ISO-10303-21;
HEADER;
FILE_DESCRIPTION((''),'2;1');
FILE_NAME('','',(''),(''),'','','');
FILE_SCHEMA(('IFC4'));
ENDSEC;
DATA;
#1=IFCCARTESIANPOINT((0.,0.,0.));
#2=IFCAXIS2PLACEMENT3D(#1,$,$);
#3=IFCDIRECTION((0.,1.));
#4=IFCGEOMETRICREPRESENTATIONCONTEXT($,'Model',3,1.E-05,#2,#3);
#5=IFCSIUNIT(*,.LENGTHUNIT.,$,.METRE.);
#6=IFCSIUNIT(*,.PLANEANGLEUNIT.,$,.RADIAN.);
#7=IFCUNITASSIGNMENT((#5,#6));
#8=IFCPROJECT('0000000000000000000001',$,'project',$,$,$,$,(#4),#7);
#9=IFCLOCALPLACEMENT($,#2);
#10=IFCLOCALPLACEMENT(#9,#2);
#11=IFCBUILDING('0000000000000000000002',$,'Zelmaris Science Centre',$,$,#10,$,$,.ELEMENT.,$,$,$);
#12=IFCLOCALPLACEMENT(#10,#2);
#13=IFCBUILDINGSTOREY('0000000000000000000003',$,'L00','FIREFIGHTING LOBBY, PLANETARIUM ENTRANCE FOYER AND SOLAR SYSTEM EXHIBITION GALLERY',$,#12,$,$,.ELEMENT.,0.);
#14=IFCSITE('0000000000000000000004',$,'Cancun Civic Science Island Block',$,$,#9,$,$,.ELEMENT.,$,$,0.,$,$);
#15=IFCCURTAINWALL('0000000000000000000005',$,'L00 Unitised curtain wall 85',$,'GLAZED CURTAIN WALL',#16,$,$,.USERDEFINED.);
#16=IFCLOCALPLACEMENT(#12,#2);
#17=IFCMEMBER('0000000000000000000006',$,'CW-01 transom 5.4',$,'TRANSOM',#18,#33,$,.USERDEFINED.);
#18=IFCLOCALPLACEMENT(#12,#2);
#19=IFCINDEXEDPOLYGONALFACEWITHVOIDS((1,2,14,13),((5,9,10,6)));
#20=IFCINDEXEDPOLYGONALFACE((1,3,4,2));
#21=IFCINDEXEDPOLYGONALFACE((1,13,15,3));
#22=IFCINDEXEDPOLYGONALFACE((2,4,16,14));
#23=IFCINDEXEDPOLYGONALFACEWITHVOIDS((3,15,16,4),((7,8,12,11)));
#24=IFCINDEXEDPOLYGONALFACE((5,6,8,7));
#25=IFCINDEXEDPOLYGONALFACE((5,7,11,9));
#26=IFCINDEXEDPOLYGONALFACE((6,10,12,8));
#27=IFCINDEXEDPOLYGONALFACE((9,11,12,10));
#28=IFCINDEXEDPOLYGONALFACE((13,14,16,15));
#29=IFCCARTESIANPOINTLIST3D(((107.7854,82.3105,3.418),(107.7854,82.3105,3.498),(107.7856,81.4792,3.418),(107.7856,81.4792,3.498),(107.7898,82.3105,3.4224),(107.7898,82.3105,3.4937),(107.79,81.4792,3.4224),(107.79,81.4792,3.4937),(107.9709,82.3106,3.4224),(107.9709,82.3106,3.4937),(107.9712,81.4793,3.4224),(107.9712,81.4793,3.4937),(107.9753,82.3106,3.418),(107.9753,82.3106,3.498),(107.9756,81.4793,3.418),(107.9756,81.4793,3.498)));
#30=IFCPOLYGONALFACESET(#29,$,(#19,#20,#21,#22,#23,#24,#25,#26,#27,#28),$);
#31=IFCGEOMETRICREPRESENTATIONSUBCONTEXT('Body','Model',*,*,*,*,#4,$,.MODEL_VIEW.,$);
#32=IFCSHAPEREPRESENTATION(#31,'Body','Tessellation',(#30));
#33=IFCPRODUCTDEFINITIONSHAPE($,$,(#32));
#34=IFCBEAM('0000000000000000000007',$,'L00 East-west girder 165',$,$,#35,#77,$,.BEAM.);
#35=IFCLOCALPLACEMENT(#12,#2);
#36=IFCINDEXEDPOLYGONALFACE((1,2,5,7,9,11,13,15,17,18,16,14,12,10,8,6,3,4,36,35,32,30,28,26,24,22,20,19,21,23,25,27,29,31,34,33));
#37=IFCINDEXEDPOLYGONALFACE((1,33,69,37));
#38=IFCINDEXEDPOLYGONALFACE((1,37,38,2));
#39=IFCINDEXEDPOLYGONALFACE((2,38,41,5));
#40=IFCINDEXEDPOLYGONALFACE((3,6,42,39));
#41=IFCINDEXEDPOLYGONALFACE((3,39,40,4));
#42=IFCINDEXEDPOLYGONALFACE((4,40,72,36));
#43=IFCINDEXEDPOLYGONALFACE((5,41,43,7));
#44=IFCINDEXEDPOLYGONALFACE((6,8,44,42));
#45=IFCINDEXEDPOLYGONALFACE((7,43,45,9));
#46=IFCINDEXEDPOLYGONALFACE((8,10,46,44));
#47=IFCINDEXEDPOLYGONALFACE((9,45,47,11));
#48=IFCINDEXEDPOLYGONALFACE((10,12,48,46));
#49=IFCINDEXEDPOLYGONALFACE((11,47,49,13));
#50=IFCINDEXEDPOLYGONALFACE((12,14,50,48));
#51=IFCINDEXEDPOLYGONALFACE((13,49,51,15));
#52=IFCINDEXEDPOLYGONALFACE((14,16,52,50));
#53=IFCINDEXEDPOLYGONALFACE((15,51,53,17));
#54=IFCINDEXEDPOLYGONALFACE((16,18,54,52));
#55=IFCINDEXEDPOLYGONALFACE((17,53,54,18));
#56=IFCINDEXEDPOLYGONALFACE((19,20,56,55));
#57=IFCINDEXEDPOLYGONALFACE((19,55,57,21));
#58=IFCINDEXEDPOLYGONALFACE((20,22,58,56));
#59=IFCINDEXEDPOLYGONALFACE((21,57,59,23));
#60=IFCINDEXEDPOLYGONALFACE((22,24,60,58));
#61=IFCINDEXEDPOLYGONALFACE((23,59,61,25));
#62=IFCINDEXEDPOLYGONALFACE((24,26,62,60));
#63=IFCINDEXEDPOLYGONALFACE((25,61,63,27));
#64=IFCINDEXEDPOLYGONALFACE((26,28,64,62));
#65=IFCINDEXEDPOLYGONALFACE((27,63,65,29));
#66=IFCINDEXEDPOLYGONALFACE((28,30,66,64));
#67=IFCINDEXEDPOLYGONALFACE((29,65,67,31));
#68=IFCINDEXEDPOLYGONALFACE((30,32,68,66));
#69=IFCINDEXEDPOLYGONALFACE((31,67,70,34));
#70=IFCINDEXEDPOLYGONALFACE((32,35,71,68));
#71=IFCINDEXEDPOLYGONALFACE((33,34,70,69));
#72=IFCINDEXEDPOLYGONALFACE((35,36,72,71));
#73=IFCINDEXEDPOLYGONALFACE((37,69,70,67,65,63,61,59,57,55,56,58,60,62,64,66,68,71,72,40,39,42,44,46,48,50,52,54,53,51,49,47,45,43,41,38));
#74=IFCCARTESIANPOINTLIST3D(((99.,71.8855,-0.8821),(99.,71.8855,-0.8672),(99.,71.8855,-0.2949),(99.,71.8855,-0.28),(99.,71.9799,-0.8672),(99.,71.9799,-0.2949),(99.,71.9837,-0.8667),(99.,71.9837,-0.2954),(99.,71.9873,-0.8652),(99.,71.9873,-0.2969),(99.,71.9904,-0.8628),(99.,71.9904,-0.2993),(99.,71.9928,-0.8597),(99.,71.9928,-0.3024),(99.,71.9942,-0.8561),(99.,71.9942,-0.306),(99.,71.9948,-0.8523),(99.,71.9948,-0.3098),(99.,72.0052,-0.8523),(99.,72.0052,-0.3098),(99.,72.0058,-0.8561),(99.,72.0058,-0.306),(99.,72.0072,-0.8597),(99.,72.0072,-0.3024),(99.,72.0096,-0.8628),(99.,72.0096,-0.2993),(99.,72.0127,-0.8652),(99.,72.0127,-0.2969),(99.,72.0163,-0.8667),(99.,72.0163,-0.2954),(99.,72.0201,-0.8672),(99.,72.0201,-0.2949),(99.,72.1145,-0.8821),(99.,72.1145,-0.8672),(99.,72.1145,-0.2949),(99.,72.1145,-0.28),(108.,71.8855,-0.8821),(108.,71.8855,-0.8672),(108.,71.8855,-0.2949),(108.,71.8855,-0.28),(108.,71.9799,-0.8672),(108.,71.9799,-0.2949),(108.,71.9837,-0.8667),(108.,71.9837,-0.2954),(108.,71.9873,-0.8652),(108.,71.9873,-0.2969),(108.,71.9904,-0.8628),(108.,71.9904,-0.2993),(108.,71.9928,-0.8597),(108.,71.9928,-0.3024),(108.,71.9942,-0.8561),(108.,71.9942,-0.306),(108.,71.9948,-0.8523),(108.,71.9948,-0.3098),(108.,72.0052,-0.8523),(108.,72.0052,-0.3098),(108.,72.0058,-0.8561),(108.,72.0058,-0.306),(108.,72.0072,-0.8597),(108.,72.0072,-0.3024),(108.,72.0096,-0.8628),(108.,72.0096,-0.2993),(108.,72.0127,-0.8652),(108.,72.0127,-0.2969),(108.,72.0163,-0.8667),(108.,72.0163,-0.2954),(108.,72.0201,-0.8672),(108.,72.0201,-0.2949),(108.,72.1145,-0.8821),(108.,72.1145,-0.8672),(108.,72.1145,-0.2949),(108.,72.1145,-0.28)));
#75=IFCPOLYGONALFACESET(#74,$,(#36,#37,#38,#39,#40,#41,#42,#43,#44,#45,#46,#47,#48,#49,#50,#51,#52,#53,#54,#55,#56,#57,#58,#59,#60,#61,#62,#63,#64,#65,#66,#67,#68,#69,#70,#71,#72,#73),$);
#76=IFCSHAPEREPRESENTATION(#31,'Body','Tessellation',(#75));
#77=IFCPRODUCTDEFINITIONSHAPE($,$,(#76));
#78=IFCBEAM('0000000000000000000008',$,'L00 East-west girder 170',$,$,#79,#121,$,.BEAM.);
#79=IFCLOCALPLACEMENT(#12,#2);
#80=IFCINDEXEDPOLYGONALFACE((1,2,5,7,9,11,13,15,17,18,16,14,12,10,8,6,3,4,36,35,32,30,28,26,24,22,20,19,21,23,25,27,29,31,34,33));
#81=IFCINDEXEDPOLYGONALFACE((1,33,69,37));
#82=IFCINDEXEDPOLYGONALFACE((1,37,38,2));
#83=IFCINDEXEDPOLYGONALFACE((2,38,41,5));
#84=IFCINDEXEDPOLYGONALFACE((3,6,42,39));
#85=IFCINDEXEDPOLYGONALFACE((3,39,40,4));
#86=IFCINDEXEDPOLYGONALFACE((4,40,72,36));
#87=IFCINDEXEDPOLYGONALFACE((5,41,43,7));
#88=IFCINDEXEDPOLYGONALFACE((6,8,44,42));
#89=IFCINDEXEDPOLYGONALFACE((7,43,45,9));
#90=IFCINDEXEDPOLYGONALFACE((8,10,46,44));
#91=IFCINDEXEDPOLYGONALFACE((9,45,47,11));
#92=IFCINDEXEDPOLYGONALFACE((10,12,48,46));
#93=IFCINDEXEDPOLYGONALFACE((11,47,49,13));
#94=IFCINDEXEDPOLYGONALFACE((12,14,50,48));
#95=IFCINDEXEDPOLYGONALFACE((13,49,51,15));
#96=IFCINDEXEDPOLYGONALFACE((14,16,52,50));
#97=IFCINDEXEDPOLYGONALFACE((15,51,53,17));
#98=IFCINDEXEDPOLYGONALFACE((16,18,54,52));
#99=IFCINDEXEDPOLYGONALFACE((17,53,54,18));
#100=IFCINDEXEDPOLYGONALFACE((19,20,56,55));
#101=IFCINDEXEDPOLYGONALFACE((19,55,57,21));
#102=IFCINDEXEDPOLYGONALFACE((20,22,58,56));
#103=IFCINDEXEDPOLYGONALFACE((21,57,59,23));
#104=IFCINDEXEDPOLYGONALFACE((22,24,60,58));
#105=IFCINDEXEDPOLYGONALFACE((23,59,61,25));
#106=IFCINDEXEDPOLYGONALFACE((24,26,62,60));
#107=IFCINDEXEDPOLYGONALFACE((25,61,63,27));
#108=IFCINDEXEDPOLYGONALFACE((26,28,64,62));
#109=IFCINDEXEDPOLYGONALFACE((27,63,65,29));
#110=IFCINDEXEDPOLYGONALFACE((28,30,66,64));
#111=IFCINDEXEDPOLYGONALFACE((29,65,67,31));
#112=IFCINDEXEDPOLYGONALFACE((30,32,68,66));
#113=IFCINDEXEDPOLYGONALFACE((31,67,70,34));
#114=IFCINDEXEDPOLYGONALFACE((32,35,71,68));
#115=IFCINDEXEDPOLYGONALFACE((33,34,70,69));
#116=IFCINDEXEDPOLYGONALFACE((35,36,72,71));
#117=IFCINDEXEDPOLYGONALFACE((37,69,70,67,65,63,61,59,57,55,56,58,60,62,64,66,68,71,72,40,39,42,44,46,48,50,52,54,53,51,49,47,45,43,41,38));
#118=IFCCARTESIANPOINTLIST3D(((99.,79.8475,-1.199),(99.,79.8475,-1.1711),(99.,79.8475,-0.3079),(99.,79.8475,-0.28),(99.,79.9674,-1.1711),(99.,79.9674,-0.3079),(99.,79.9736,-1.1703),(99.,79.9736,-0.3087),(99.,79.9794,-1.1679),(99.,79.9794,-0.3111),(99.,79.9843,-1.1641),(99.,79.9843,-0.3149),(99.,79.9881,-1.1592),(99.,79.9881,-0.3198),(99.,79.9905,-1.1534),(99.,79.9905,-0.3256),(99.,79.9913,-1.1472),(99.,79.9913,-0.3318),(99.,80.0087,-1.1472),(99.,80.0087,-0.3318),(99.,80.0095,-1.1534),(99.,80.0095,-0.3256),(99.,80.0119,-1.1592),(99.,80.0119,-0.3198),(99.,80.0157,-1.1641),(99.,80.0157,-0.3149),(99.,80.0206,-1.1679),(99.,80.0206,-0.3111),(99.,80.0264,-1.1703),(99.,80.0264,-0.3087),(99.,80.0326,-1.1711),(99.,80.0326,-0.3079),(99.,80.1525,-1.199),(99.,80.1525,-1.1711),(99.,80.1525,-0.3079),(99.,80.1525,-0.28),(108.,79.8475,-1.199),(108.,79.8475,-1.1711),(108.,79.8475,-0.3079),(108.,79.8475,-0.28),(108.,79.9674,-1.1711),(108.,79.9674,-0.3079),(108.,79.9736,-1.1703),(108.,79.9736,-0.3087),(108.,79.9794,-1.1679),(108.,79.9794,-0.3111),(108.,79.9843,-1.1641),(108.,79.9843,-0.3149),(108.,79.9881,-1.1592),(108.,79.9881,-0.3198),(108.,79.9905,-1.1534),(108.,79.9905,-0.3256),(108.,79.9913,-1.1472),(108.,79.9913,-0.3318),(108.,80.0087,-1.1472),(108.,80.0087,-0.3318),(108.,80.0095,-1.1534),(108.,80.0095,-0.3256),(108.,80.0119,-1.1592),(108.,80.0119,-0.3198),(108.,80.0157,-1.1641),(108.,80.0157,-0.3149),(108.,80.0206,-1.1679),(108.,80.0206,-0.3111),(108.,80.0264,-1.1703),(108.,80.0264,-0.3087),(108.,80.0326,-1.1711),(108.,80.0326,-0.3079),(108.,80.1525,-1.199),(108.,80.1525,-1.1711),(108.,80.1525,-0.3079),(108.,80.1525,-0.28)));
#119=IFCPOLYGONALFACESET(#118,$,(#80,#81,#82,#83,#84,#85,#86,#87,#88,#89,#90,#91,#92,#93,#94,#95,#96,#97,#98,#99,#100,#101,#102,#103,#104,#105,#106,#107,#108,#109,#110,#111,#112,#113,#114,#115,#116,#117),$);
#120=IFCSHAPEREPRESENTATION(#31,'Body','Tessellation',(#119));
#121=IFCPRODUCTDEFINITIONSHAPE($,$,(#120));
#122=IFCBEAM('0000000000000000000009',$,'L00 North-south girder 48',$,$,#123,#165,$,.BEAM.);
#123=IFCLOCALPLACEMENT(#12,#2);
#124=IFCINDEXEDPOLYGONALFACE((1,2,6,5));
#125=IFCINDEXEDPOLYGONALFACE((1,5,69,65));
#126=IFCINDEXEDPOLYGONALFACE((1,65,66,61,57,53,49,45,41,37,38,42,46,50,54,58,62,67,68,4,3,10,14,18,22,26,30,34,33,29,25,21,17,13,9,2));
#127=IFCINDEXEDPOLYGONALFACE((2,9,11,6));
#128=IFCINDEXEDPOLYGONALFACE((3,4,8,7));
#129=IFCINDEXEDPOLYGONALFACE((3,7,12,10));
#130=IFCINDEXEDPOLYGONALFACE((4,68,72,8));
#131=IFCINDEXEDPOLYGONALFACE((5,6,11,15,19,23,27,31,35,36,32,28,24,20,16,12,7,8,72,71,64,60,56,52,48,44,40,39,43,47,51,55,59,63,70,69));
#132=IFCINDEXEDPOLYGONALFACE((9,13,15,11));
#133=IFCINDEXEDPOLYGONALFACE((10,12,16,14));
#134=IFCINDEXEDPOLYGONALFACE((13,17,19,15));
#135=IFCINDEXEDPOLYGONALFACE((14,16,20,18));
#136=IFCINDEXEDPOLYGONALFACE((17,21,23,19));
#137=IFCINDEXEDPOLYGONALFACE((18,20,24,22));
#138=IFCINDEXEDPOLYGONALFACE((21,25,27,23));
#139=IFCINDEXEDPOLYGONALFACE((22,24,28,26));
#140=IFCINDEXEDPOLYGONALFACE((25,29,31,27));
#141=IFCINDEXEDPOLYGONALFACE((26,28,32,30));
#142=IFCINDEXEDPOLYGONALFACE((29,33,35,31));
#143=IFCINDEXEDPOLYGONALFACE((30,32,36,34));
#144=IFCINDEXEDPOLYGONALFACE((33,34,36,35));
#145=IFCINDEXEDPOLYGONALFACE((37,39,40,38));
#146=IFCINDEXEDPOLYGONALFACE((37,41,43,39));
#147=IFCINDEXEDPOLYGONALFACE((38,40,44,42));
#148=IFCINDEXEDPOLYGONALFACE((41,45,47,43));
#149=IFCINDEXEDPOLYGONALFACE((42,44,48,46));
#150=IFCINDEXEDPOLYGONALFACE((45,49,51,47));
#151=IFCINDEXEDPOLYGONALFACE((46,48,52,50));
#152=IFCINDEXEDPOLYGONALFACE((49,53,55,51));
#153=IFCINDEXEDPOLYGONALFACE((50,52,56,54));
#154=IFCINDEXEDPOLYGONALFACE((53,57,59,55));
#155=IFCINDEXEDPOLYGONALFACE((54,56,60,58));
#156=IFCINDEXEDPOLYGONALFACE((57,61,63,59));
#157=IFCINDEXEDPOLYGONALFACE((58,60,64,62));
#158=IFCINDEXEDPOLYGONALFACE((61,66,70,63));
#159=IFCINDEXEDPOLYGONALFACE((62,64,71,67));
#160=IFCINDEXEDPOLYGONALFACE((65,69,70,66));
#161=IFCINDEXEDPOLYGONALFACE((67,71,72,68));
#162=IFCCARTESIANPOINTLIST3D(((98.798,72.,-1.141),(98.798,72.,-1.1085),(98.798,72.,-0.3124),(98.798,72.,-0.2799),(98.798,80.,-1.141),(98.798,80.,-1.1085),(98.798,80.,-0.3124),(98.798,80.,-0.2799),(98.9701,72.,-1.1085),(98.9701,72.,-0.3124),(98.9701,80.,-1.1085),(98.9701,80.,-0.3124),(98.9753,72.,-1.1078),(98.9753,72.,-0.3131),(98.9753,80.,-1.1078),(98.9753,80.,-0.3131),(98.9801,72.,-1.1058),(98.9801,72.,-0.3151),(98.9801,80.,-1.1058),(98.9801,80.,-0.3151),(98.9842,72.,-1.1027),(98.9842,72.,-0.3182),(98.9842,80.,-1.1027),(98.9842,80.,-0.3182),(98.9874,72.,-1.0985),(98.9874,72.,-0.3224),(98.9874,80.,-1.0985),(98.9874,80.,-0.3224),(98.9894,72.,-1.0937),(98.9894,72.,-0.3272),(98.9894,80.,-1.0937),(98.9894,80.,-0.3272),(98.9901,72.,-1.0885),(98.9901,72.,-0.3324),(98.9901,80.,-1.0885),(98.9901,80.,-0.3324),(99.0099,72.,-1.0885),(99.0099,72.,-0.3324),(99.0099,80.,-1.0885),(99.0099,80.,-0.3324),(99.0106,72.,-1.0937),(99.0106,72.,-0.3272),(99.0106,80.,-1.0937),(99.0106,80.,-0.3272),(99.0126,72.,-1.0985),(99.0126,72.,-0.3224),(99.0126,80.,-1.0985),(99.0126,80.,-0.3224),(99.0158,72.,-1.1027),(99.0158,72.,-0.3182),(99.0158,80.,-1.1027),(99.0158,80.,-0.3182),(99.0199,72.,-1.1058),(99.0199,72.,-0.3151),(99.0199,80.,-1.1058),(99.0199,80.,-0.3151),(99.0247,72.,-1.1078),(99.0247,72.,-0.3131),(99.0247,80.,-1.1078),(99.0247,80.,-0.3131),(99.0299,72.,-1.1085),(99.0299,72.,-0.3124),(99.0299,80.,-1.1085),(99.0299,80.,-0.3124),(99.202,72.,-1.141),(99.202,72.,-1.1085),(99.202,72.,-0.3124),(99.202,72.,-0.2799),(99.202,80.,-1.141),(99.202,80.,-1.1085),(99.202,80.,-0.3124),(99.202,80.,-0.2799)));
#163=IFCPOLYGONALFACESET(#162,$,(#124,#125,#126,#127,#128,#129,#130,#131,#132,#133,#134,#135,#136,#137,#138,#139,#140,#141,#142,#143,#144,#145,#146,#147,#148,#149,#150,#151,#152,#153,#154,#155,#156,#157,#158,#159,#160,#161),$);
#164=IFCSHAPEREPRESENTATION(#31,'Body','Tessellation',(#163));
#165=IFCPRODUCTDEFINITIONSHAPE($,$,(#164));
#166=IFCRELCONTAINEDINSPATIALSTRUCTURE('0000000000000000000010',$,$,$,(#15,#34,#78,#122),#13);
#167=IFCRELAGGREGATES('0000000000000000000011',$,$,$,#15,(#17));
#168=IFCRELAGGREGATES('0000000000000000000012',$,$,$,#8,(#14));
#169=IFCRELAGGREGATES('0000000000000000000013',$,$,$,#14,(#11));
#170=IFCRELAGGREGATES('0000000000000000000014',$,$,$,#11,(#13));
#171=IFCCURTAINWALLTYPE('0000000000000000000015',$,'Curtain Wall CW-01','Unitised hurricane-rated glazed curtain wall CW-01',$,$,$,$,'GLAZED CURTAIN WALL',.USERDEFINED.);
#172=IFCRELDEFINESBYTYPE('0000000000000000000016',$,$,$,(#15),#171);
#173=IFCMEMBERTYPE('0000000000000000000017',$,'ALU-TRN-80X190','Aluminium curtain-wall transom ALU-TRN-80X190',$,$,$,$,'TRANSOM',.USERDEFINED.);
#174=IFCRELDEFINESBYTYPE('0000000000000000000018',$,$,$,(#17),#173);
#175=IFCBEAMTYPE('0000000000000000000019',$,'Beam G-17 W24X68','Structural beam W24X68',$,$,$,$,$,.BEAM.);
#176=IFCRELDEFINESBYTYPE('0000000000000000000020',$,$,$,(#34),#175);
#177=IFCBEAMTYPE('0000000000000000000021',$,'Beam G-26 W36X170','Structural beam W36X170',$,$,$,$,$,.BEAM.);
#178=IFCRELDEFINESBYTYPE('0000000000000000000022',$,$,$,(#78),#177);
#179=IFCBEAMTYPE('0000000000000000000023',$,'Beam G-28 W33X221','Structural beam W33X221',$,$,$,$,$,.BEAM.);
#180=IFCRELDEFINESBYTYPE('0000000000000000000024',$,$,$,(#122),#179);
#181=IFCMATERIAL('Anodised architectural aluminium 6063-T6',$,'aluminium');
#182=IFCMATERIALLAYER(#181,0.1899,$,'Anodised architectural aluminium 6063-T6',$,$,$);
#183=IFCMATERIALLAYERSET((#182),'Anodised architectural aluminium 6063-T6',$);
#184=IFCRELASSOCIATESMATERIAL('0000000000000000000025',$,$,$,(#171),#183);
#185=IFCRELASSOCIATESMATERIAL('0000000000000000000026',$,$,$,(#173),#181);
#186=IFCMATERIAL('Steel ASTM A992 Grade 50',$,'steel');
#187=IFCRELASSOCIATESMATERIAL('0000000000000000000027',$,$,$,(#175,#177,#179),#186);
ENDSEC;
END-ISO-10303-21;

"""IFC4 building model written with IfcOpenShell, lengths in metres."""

from ifc_helpers import new_model, si_unit, direction, frame, origin, origin_2d, place, context, subcontext, project, spatial, hollow_rectangle, i_section, extrude, material, layer, layer_set, material_profile, profile_set, type_object, element, aggregate, save


model = new_model("IFC4")

# Units and contexts
model_context = context("Model", 3, precision=1e-05, world=origin(), true_north=direction((0.0, 1.0)))
body_context = subcontext(model_context, "Body", "Model", "MODEL_VIEW")
ifc_project = project(units=[si_unit("LENGTHUNIT", "METRE"), si_unit("PLANEANGLEUNIT", "RADIAN")], contexts=[model_context])

# Site, building, storey
site_placement = place(None, origin())
site = spatial("IfcSite", under=ifc_project, at=site_placement, Name="Cancun Civic Science Island Block", CompositionType="ELEMENT", RefElevation=0.0)
building_placement = place(site_placement, origin())
building = spatial("IfcBuilding", under=site, at=building_placement, Name="Zelmaris Science Centre", CompositionType="ELEMENT")
storey_placement = place(building_placement, origin())
storey = spatial("IfcBuildingStorey", under=building, at=storey_placement, Name="L00", Description="FIREFIGHTING LOBBY, PLANETARIUM ENTRANCE FOYER AND SOLAR SYSTEM EXHIBITION GALLERY", CompositionType="ELEMENT", Elevation=0.0)

# Shared definitions
ifc_material_1 = material(Name="Steel ASTM A992 Grade 50", Category="steel")

# Curtain wall, member
ifc_material_2 = material(Name="Anodised architectural aluminium 6063-T6", Category="aluminium")
ifc_layer_1 = layer(ifc_material_2, 0.1899, Name="Anodised architectural aluminium 6063-T6")
ifc_layer_set_1 = layer_set([ifc_layer_1], Name="Anodised architectural aluminium 6063-T6")
curtain_wall_type = type_object("IfcCurtainWallType", Name="Curtain Wall CW-01", Description="Unitised hurricane-rated glazed curtain wall CW-01", ElementType="GLAZED CURTAIN WALL", PredefinedType="USERDEFINED", material=ifc_layer_set_1)
curtain_wall_placement = place(storey_placement, origin())
curtain_wall = element("IfcCurtainWall", 1, at=curtain_wall_placement, inside=storey, type_object=curtain_wall_type, Name="L00 Unitised curtain wall 85", ObjectType="GLAZED CURTAIN WALL", PredefinedType="USERDEFINED")
ifc_material_profile_1 = material_profile(ifc_material_2, hollow_rectangle(XDim=0.0801, YDim=0.1899, WallThickness=0.0044, at=origin_2d()), Name="ALU-TRN-80X190")
ifc_profile_set_1 = profile_set([ifc_material_profile_1], Name="Anodised architectural aluminium 6063-T6")
member_type_1 = type_object("IfcMemberType", Name="ALU-TRN-80X190", Description="Aluminium curtain-wall transom ALU-TRN-80X190", ElementType="TRANSOM", PredefinedType="USERDEFINED", material=ifc_profile_set_1)
member_1_placement = place(storey_placement, frame((107.8804, 82.3105, 3.458), z_axis=(0.000294, -1.0, 0.0), x_axis=(0.0, 0.0, 1.0)))
member_1 = element("IfcMember", 2, at=member_1_placement, type_object=member_type_1, Name="CW-01 transom 5.4", ObjectType="TRANSOM", PredefinedType="USERDEFINED", context=body_context, shape_type="SweptSolid", body=[
    extrude(hollow_rectangle(XDim=0.0801, YDim=0.1899, WallThickness=0.0044, at=origin_2d()), origin(), (0.0, 0.0, 1.0), 0.8313),
])

# Beams
ifc_material_profile_2 = material_profile(ifc_material_1, i_section(OverallWidth=0.229, OverallDepth=0.6021, WebThickness=0.0105, FlangeThickness=0.0149, FilletRadius=0.0149, at=origin_2d()), Name="W24X68")
ifc_profile_set_2 = profile_set([ifc_material_profile_2], Name="Steel ASTM A992 Grade 50")
beam_type_1 = type_object("IfcBeamType", Name="Beam G-17 W24X68", Description="Structural beam W24X68", PredefinedType="BEAM", material=ifc_profile_set_2)
beam_1_placement = place(storey_placement, frame((99.0, 72.0, -0.5811), z_axis=(1.0, 0.0, 0.0), x_axis=(0.0, 1.0, 0.0)))
element("IfcBeam", 3, at=beam_1_placement, inside=storey, type_object=beam_type_1, Name="L00 East-west girder 165", PredefinedType="BEAM", context=body_context, shape_type="SweptSolid", body=[
    extrude(i_section(OverallWidth=0.229, OverallDepth=0.6021, WebThickness=0.0105, FlangeThickness=0.0149, FilletRadius=0.0149, at=origin_2d()), origin(), (0.0, 0.0, 1.0), 9.0),
])
ifc_material_profile_3 = material_profile(ifc_material_1, i_section(OverallWidth=0.3049, OverallDepth=0.9189, WebThickness=0.0173, FlangeThickness=0.0278, FilletRadius=0.0239, at=origin_2d()), Name="W36X170")
ifc_profile_set_3 = profile_set([ifc_material_profile_3], Name="Steel ASTM A992 Grade 50")
beam_type_2 = type_object("IfcBeamType", Name="Beam G-26 W36X170", Description="Structural beam W36X170", PredefinedType="BEAM", material=ifc_profile_set_3)
beam_2_placement = place(storey_placement, frame((99.0, 80.0, -0.7395), z_axis=(1.0, 0.0, 0.0), x_axis=(0.0, 1.0, 0.0)))
element("IfcBeam", 4, at=beam_2_placement, inside=storey, type_object=beam_type_2, Name="L00 East-west girder 170", PredefinedType="BEAM", context=body_context, shape_type="SweptSolid", body=[
    extrude(i_section(OverallWidth=0.3049, OverallDepth=0.9189, WebThickness=0.0173, FlangeThickness=0.0278, FilletRadius=0.0239, at=origin_2d()), origin(), (0.0, 0.0, 1.0), 9.0),
])
ifc_material_profile_4 = material_profile(ifc_material_1, i_section(OverallWidth=0.4041, OverallDepth=0.8611, WebThickness=0.0198, FlangeThickness=0.0325, FilletRadius=0.02, at=origin_2d()), Name="W33X221")
ifc_profile_set_4 = profile_set([ifc_material_profile_4], Name="Steel ASTM A992 Grade 50")
beam_type_3 = type_object("IfcBeamType", Name="Beam G-28 W33X221", Description="Structural beam W33X221", PredefinedType="BEAM", material=ifc_profile_set_4)
beam_3_placement = place(storey_placement, frame((99.0, 72.0, -0.7104), z_axis=(0.0, 1.0, 0.0), x_axis=(-1.0, 0.0, 0.0)))
element("IfcBeam", 5, at=beam_3_placement, inside=storey, type_object=beam_type_3, Name="L00 North-south girder 48", PredefinedType="BEAM", context=body_context, shape_type="SweptSolid", body=[
    extrude(i_section(OverallWidth=0.4041, OverallDepth=0.8611, WebThickness=0.0198, FlangeThickness=0.0325, FilletRadius=0.02, at=origin_2d()), origin(), (0.0, 0.0, 1.0), 8.0),
])

aggregate(curtain_wall, [member_1])

save(model, "model.ifc")
